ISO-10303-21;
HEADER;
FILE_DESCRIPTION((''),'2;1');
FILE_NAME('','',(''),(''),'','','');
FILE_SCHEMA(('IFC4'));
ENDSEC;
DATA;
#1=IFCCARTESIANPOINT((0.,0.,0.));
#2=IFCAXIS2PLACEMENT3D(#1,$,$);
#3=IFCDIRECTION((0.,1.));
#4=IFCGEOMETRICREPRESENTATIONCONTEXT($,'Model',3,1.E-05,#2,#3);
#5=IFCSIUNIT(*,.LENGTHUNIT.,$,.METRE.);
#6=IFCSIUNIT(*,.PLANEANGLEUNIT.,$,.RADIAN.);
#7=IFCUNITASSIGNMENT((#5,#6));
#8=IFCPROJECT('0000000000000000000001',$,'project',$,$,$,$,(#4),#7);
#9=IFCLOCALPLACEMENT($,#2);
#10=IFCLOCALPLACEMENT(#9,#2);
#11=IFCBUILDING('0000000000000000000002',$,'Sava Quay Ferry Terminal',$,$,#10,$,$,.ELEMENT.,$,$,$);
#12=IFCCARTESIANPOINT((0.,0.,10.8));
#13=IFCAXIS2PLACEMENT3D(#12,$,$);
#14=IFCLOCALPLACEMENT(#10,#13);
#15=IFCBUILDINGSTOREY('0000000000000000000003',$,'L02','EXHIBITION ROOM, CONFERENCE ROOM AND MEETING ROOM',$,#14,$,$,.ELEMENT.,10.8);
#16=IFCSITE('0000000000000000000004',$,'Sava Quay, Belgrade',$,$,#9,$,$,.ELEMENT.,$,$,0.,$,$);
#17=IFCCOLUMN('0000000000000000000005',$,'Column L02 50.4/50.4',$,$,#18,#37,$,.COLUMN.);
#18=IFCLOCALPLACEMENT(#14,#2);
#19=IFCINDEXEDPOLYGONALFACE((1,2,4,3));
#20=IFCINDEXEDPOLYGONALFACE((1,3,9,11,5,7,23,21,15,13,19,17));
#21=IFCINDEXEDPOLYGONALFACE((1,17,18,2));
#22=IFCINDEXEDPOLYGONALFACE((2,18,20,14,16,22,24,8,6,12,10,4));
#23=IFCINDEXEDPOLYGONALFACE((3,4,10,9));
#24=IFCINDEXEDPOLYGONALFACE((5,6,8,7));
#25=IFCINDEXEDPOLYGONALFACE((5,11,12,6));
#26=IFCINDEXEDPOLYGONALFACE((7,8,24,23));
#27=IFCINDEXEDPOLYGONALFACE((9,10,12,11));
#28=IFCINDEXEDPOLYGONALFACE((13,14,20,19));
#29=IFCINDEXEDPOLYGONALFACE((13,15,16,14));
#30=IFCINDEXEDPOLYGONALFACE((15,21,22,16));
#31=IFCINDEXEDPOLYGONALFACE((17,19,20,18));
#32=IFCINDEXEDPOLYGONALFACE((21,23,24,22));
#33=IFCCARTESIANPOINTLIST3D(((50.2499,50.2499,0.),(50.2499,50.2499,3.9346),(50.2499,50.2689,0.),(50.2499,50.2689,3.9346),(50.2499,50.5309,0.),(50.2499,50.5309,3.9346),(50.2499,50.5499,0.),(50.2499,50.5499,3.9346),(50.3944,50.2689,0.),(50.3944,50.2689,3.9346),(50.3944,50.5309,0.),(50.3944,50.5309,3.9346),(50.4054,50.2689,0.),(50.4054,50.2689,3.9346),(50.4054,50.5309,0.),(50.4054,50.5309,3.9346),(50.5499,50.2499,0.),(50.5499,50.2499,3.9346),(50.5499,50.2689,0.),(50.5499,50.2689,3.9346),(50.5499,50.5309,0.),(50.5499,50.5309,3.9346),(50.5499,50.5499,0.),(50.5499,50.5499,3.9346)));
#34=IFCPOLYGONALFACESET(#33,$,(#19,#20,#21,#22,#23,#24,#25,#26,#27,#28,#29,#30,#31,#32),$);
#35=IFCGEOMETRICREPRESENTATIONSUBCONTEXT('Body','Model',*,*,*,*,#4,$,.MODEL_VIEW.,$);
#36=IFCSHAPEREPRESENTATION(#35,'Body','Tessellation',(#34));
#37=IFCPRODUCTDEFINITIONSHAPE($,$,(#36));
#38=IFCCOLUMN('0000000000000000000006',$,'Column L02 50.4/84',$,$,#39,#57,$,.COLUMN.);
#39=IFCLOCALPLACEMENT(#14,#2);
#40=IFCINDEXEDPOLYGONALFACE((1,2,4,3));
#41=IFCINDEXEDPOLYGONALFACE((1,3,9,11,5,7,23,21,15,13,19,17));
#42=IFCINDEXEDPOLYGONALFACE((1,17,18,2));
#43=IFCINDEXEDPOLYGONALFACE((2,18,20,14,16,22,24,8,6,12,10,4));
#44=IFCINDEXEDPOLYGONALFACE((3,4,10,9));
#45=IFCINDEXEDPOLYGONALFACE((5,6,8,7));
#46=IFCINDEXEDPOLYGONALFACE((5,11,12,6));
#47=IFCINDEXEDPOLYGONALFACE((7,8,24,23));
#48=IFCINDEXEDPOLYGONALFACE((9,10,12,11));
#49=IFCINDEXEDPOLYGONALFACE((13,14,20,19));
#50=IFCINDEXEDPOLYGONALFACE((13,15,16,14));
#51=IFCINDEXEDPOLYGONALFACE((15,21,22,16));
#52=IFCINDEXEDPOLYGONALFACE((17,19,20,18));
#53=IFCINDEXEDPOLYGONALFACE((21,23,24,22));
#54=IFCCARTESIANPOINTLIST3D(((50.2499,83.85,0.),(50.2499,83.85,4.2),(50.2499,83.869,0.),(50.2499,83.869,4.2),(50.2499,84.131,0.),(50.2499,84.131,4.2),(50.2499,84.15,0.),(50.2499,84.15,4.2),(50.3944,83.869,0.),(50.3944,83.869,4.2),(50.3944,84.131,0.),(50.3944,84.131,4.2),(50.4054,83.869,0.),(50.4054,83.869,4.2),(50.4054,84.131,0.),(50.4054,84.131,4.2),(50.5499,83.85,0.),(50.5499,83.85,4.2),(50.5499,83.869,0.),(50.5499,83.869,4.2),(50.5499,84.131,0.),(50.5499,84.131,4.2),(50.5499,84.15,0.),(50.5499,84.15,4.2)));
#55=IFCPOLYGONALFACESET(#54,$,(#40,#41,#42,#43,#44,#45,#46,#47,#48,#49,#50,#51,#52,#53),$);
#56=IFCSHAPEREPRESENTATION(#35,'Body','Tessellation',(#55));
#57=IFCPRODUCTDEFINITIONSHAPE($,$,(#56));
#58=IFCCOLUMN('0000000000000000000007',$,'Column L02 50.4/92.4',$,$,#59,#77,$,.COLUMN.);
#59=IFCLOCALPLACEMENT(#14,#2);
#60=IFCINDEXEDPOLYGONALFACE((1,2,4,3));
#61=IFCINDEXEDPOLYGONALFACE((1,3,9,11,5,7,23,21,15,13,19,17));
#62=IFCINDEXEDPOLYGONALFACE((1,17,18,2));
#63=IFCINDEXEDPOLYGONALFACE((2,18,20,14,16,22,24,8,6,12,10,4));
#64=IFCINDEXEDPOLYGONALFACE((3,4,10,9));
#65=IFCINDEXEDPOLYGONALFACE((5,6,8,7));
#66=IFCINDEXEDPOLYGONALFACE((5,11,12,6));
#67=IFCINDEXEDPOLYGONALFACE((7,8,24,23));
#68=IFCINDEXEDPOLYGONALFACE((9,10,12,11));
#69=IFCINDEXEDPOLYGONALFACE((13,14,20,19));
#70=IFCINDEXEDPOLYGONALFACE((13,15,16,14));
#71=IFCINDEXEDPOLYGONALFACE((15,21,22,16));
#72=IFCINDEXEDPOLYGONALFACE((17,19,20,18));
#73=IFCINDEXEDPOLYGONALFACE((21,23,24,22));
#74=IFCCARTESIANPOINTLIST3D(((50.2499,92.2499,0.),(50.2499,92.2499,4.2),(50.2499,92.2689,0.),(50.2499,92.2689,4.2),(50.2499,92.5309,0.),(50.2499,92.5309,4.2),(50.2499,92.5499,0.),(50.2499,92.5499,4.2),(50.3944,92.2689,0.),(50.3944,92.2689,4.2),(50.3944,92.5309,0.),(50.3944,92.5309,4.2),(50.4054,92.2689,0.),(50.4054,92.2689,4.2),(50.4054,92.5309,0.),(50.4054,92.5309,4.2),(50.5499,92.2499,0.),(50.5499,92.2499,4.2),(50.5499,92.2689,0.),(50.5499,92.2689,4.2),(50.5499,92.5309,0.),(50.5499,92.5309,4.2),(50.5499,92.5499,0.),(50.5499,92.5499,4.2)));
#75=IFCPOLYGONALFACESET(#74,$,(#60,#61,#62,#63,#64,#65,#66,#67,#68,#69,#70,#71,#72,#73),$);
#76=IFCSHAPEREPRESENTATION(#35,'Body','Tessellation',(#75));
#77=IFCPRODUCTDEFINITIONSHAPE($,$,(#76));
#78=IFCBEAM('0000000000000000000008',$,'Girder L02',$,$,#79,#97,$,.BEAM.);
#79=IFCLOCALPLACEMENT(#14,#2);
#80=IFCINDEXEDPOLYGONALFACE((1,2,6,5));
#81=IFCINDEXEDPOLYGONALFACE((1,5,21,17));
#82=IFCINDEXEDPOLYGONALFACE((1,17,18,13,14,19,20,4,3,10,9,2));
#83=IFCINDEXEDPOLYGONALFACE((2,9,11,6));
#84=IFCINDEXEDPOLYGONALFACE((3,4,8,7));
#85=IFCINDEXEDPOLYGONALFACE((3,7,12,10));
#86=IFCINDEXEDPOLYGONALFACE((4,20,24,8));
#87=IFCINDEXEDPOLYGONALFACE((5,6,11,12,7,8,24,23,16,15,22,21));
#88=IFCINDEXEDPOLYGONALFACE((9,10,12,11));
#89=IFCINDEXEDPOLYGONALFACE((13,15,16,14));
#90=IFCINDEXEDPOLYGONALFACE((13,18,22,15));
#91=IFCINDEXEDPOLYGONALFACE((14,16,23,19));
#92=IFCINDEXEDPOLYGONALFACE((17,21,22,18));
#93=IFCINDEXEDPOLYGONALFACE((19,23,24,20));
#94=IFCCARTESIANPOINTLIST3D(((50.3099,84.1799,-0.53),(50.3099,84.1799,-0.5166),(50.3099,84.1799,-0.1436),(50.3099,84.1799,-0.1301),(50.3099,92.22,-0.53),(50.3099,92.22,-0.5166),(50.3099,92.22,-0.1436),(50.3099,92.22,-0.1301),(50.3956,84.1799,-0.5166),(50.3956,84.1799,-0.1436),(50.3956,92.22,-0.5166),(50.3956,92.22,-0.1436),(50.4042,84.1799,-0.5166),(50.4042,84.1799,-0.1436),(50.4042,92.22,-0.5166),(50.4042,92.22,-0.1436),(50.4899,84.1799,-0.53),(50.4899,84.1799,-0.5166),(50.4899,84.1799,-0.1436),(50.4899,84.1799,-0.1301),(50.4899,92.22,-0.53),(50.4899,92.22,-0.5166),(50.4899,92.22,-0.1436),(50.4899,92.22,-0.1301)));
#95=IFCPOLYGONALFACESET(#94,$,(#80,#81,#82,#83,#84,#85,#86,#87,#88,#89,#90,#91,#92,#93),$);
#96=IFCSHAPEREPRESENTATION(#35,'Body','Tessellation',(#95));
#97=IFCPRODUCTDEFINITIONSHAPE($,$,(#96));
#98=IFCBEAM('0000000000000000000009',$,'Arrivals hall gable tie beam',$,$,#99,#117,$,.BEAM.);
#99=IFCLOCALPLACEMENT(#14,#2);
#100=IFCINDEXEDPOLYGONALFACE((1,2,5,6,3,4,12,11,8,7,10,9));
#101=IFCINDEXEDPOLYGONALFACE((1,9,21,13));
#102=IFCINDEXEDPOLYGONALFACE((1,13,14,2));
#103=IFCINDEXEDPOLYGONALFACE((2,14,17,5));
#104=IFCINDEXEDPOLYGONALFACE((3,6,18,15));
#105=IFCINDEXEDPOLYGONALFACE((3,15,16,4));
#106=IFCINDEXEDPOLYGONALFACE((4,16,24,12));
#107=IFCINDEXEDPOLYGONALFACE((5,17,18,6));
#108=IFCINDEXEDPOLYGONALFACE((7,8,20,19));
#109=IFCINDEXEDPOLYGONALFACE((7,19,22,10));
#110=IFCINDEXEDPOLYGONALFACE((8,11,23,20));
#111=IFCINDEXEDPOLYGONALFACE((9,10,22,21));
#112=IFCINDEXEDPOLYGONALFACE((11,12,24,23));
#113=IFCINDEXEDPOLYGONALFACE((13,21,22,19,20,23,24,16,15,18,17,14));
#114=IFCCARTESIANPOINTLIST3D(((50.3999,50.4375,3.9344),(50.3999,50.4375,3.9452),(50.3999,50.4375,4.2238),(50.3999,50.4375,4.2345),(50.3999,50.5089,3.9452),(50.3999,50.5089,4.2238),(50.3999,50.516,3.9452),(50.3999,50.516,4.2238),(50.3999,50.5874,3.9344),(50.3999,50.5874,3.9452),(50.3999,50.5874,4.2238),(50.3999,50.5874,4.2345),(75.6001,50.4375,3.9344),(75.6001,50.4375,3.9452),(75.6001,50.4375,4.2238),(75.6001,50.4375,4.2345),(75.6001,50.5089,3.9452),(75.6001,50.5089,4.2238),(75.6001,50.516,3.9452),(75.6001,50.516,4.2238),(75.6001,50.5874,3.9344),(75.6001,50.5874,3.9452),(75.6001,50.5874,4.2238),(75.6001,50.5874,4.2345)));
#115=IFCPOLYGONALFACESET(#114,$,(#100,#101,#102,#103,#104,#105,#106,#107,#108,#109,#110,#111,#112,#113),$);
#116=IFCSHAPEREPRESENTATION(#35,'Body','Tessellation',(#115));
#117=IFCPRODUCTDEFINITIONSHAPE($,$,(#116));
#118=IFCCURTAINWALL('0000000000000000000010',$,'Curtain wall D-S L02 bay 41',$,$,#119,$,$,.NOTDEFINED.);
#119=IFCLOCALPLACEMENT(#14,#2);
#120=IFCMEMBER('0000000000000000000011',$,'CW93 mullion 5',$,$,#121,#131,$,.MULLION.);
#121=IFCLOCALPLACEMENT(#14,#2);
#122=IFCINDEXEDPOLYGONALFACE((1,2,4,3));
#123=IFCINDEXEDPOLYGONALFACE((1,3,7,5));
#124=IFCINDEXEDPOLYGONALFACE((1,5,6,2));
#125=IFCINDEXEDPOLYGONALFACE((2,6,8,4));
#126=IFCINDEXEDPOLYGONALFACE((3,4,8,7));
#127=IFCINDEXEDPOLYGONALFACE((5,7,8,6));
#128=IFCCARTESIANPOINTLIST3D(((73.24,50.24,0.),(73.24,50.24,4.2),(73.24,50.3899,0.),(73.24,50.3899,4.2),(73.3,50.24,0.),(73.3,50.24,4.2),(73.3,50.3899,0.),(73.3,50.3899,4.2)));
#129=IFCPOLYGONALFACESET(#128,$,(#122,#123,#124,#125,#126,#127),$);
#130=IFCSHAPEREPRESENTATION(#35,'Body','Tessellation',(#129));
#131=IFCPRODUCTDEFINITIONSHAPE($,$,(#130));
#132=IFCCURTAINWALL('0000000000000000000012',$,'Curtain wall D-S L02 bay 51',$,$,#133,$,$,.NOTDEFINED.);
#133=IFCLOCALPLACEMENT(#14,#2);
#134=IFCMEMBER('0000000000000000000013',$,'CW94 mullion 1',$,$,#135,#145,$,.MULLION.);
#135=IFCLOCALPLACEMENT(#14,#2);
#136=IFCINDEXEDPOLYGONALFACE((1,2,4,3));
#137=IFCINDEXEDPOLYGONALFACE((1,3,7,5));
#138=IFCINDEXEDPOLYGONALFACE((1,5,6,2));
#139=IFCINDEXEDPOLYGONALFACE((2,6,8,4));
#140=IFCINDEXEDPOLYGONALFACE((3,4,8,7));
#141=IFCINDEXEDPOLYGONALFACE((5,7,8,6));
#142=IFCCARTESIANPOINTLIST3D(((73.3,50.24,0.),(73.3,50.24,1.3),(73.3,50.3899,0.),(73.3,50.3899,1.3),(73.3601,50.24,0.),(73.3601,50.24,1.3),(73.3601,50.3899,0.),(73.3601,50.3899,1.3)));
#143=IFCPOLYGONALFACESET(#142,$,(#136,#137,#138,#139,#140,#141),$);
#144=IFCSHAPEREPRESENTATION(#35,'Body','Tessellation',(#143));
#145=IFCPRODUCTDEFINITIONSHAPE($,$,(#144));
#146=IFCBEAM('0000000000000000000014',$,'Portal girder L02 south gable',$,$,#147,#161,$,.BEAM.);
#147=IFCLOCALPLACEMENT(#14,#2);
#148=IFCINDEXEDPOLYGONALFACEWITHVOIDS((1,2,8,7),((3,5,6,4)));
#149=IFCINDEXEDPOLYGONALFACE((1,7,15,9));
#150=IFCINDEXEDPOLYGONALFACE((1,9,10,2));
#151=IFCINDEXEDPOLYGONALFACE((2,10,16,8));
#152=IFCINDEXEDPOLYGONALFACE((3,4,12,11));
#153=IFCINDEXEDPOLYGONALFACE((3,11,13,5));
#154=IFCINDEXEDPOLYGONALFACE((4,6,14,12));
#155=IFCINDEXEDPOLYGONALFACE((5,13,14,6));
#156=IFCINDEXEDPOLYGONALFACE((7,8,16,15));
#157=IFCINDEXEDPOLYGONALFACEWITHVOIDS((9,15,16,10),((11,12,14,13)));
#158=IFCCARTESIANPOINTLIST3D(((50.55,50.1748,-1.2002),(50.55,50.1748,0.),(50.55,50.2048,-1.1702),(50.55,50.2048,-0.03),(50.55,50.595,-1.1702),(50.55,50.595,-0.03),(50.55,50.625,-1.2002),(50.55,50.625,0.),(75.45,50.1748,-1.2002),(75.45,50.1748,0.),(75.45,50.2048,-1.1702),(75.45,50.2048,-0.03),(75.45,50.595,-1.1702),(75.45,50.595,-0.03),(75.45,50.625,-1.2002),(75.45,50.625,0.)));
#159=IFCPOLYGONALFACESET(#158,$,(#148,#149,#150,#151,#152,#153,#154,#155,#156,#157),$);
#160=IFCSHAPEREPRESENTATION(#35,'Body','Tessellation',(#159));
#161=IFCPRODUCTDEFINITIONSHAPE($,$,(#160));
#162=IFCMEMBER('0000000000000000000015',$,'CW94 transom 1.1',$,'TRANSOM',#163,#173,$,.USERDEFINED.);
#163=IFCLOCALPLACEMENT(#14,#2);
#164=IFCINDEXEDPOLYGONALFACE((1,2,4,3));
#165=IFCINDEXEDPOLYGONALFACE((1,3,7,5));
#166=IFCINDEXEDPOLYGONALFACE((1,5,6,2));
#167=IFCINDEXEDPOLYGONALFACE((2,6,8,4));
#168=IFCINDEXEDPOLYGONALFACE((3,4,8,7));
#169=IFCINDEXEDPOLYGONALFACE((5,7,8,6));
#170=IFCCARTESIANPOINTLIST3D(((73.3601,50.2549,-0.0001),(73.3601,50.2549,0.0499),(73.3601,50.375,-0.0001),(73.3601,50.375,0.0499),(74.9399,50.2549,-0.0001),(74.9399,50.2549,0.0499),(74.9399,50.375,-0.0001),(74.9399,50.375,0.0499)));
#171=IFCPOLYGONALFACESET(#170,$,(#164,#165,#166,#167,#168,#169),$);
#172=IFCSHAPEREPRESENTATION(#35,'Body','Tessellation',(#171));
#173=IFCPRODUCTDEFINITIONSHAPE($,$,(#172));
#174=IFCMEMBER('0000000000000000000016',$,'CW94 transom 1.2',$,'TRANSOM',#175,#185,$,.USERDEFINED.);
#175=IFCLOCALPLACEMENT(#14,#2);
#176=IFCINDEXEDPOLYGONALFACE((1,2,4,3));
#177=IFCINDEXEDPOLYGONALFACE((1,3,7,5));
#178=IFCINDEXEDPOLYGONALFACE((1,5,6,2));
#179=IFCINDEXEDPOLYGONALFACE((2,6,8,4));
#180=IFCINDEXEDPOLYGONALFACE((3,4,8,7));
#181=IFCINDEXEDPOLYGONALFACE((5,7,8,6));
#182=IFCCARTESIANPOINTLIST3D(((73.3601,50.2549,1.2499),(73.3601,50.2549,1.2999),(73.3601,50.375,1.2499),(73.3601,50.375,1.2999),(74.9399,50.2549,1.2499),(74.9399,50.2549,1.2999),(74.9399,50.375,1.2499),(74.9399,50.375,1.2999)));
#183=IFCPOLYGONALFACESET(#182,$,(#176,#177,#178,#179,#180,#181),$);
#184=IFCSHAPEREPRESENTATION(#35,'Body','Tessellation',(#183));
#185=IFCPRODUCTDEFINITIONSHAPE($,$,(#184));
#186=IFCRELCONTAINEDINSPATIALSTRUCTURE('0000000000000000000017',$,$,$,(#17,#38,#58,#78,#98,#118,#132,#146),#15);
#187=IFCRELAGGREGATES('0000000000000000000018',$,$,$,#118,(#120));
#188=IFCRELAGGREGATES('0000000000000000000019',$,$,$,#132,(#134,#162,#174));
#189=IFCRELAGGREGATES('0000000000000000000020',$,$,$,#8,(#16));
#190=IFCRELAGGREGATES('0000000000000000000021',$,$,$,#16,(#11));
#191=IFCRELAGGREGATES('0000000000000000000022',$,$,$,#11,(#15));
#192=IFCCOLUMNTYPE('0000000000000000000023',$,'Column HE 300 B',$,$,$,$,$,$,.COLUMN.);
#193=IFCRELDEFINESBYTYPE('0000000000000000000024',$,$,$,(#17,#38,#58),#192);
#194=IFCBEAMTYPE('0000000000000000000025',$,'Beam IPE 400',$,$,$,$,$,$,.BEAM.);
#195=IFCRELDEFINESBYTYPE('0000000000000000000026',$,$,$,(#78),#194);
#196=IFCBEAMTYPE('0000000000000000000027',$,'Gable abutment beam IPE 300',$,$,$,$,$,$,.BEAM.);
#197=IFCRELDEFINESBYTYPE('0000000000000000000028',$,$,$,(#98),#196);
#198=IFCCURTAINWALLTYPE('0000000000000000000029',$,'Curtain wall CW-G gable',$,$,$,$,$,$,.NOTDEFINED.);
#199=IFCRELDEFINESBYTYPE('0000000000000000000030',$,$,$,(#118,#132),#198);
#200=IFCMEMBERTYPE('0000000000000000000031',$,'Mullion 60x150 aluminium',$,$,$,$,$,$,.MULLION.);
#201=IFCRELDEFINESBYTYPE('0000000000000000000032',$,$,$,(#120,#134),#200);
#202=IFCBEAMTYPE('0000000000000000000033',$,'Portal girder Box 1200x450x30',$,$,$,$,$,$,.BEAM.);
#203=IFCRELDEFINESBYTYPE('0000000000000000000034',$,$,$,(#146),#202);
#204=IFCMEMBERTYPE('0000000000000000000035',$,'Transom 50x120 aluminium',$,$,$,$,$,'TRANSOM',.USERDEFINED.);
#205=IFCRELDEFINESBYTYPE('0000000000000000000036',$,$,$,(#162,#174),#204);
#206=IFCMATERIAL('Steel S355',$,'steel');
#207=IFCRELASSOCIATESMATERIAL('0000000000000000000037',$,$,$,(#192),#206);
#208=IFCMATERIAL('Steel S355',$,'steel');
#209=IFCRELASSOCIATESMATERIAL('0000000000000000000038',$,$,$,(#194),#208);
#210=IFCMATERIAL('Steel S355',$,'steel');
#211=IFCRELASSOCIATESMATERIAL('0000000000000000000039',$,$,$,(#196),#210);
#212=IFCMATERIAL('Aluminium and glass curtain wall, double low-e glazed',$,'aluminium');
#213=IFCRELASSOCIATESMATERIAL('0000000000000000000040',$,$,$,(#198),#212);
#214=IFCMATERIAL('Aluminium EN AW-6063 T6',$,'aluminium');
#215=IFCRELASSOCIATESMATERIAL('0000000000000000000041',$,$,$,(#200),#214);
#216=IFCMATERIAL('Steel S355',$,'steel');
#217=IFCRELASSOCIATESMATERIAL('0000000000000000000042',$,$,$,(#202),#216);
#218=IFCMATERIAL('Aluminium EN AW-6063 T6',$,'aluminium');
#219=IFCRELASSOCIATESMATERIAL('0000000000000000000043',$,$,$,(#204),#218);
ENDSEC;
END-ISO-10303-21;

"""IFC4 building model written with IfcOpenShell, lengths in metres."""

from ifc_helpers import new_model, si_unit, direction, frame, origin, origin_2d, place, context, subcontext, project, spatial, polyline, rectangle, i_section, outline, extrude, material, material_profile, profile_set, type_object, element, aggregate, save


model = new_model("IFC4")

# Units and contexts
model_context = context("Model", 3, precision=1e-05, world=origin(), true_north=direction((0.0, 1.0)))
body_context = subcontext(model_context, "Body", "Model", "MODEL_VIEW")
ifc_project = project(units=[si_unit("LENGTHUNIT", "METRE"), si_unit("PLANEANGLEUNIT", "RADIAN")], contexts=[model_context])

# Site, building, storey
site_placement = place(None, origin())
site = spatial("IfcSite", under=ifc_project, at=site_placement, Name="Sava Quay, Belgrade", CompositionType="ELEMENT", RefElevation=0.0)
building_placement = place(site_placement, origin())
building = spatial("IfcBuilding", under=site, at=building_placement, Name="Sava Quay Ferry Terminal", CompositionType="ELEMENT")
storey_placement = place(building_placement, frame((0.0, 0.0, 10.8)))
storey = spatial("IfcBuildingStorey", under=building, at=storey_placement, Name="L02", Description="EXHIBITION ROOM, CONFERENCE ROOM AND MEETING ROOM", CompositionType="ELEMENT", Elevation=10.8)

# Columns
ifc_material_1 = material(Name="Steel S355", Category="steel")
ifc_material_profile_1 = material_profile(ifc_material_1, i_section(OverallWidth=0.3, OverallDepth=0.3, WebThickness=0.011, FlangeThickness=0.019, at=origin_2d()), Name="HE 300 B")
ifc_profile_set_1 = profile_set([ifc_material_profile_1], Name="Steel S355")
column_type = type_object("IfcColumnType", Name="Column HE 300 B", PredefinedType="COLUMN", material=ifc_profile_set_1)
column_placement = place(storey_placement, frame((50.3999, 50.3999, 0.0), z_axis=(0.0, 0.0, 1.0), x_axis=(1.0, 0.0, 0.0)))
element("IfcColumn", 1, at=column_placement, inside=storey, type_object=column_type, Name="Column L02 50.4/50.4", PredefinedType="COLUMN", context=body_context, shape_type="SweptSolid", body=[
    extrude(i_section(OverallWidth=0.3, OverallDepth=0.3, WebThickness=0.011, FlangeThickness=0.019, at=origin_2d()), origin(), (0.0, 0.0, 1.0), 3.9346),
])
for number, where, z_axis, x_axis, name in (
    (2, (50.3999, 84.0, 0.0), (0.0, 0.0, 1.0), (1.0, 0.0, 0.0), "Column L02 50.4/84"),
    (3, (50.3999, 92.3999, 0.0), (0.0, 0.0, 1.0), (1.0, 0.0, 0.0), "Column L02 50.4/92.4"),
):
    element("IfcColumn", number, at=place(storey_placement, frame(where, z_axis=z_axis, x_axis=x_axis)), inside=storey, type_object=column_type, Name=name, PredefinedType="COLUMN", context=body_context, shape_type="SweptSolid", body=[
        extrude(i_section(OverallWidth=0.3, OverallDepth=0.3, WebThickness=0.011, FlangeThickness=0.019, at=origin_2d()), origin(), (0.0, 0.0, 1.0), 4.2),
    ])

# Beams
ifc_material_2 = material(Name="Steel S355", Category="steel")
ifc_material_profile_2 = material_profile(ifc_material_2, i_section(OverallWidth=0.1799, OverallDepth=0.3999, WebThickness=0.0085, FlangeThickness=0.0134, at=origin_2d()), Name="IPE 400")
ifc_profile_set_2 = profile_set([ifc_material_profile_2], Name="Steel S355")
beam_type_1 = type_object("IfcBeamType", Name="Beam IPE 400", PredefinedType="BEAM", material=ifc_profile_set_2)
beam_1_placement = place(storey_placement, frame((50.3999, 84.1799, -0.3301), z_axis=(0.0, 1.0, 0.0), x_axis=(-1.0, 0.0, 0.0)))
element("IfcBeam", 4, at=beam_1_placement, inside=storey, type_object=beam_type_1, Name="Girder L02", PredefinedType="BEAM", context=body_context, shape_type="SweptSolid", body=[
    extrude(i_section(OverallWidth=0.1799, OverallDepth=0.3999, WebThickness=0.0085, FlangeThickness=0.0134, at=origin_2d()), origin(), (0.0, 0.0, 1.0), 8.04),
])
ifc_material_3 = material(Name="Steel S355", Category="steel")
ifc_material_profile_3 = material_profile(ifc_material_3, i_section(OverallWidth=0.1499, OverallDepth=0.3, WebThickness=0.0071, FlangeThickness=0.0107, at=origin_2d()), Name="IPE 300")
ifc_profile_set_3 = profile_set([ifc_material_profile_3], Name="Steel S355")
beam_type_2 = type_object("IfcBeamType", Name="Gable abutment beam IPE 300", PredefinedType="BEAM", material=ifc_profile_set_3)
beam_2_placement = place(storey_placement, frame((50.3999, 50.5125, 4.0845), z_axis=(1.0, 0.0, 0.0), x_axis=(0.0, 1.0, 0.0)))
element("IfcBeam", 5, at=beam_2_placement, inside=storey, type_object=beam_type_2, Name="Arrivals hall gable tie beam", PredefinedType="BEAM", context=body_context, shape_type="SweptSolid", body=[
    extrude(i_section(OverallWidth=0.1499, OverallDepth=0.3, WebThickness=0.0071, FlangeThickness=0.0107, at=origin_2d()), origin(), (0.0, 0.0, 1.0), 25.2002),
])

# Curtain walls, members
ifc_material_4 = material(Name="Aluminium and glass curtain wall, double low-e glazed", Category="aluminium")
curtain_wall_type = type_object("IfcCurtainWallType", Name="Curtain wall CW-G gable", PredefinedType="NOTDEFINED", material=ifc_material_4)
curtain_wall_1_placement = place(storey_placement, origin())
curtain_wall_1 = element("IfcCurtainWall", 6, at=curtain_wall_1_placement, inside=storey, type_object=curtain_wall_type, Name="Curtain wall D-S L02 bay 41", PredefinedType="NOTDEFINED")
ifc_material_5 = material(Name="Aluminium EN AW-6063 T6", Category="aluminium")
ifc_material_profile_4 = material_profile(ifc_material_5, rectangle(XDim=0.1499, YDim=0.0601, at=origin_2d()), Name="Mullion 60x150 aluminium")
ifc_profile_set_4 = profile_set([ifc_material_profile_4], Name="Aluminium EN AW-6063 T6")
member_type_1 = type_object("IfcMemberType", Name="Mullion 60x150 aluminium", PredefinedType="MULLION", material=ifc_profile_set_4)
member_1_placement = place(storey_placement, frame((73.27, 50.3149, 0.0), z_axis=(0.0, 0.0, 1.0), x_axis=(0.0, 1.0, 0.0)))
member_1 = element("IfcMember", 7, at=member_1_placement, type_object=member_type_1, Name="CW93 mullion 5", PredefinedType="MULLION", context=body_context, shape_type="SweptSolid", body=[
    extrude(rectangle(XDim=0.1499, YDim=0.0601, at=origin_2d()), origin(), (0.0, 0.0, 1.0), 4.2),
])
aggregate(curtain_wall_1, [member_1])
curtain_wall_2_placement = place(storey_placement, origin())
curtain_wall_2 = element("IfcCurtainWall", 8, at=curtain_wall_2_placement, inside=storey, type_object=curtain_wall_type, Name="Curtain wall D-S L02 bay 51", PredefinedType="NOTDEFINED")
member_2_placement = place(storey_placement, frame((73.3301, 50.3149, 0.0), z_axis=(0.0, 0.0, 1.0), x_axis=(0.0, 1.0, 0.0)))
member_2 = element("IfcMember", 9, at=member_2_placement, type_object=member_type_1, Name="CW94 mullion 1", PredefinedType="MULLION", context=body_context, shape_type="SweptSolid", body=[
    extrude(rectangle(XDim=0.1499, YDim=0.0601, at=origin_2d()), origin(), (0.0, 0.0, 1.0), 1.3),
])

# Beam
ifc_material_6 = material(Name="Steel S355", Category="steel")
ifc_material_profile_5 = material_profile(ifc_material_6, outline(polyline([(-0.2251, -0.6001), (0.2251, -0.6001), (0.2251, 0.6001), (-0.2251, 0.6001), (-0.2251, -0.6001)]), holes=[polyline([(-0.1951, -0.5701), (-0.1951, 0.5701), (0.1951, 0.5701), (0.1951, -0.5701), (-0.1951, -0.5701)])]), Name="Box 1200x450x30 built-up")
ifc_profile_set_5 = profile_set([ifc_material_profile_5], Name="Steel S355")
beam_type_3 = type_object("IfcBeamType", Name="Portal girder Box 1200x450x30", PredefinedType="BEAM", material=ifc_profile_set_5)
beam_3_placement = place(storey_placement, frame((50.55, 50.3999, -0.6001), z_axis=(1.0, 0.0, 0.0), x_axis=(0.0, 1.0, 0.0)))
element("IfcBeam", 10, at=beam_3_placement, inside=storey, type_object=beam_type_3, Name="Portal girder L02 south gable", PredefinedType="BEAM", context=body_context, shape_type="SweptSolid", body=[
    extrude(outline(polyline([(-0.2251, -0.6001), (0.2251, -0.6001), (0.2251, 0.6001), (-0.2251, 0.6001), (-0.2251, -0.6001)]), holes=[polyline([(-0.1951, -0.5701), (-0.1951, 0.5701), (0.1951, 0.5701), (0.1951, -0.5701), (-0.1951, -0.5701)])]), origin(), (0.0, 0.0, 1.0), 24.8999),
])

# Members
ifc_material_7 = material(Name="Aluminium EN AW-6063 T6", Category="aluminium")
ifc_material_profile_6 = material_profile(ifc_material_7, rectangle(XDim=0.1201, YDim=0.05, at=origin_2d()), Name="Transom 50x120 aluminium")
ifc_profile_set_6 = profile_set([ifc_material_profile_6], Name="Aluminium EN AW-6063 T6")
member_type_2 = type_object("IfcMemberType", Name="Transom 50x120 aluminium", ElementType="TRANSOM", PredefinedType="USERDEFINED", material=ifc_profile_set_6)
member_3_placement = place(storey_placement, frame((73.3601, 50.3149, 0.0249), z_axis=(1.0, 0.0, 0.0), x_axis=(0.0, 1.0, 0.0)))
member_3 = element("IfcMember", 11, at=member_3_placement, type_object=member_type_2, Name="CW94 transom 1.1", ObjectType="TRANSOM", PredefinedType="USERDEFINED", context=body_context, shape_type="SweptSolid", body=[
    extrude(rectangle(XDim=0.1201, YDim=0.05, at=origin_2d()), origin(), (0.0, 0.0, 1.0), 1.5798),
])
member_4_placement = place(storey_placement, frame((73.3601, 50.3149, 1.2749), z_axis=(1.0, 0.0, 0.0), x_axis=(0.0, 1.0, 0.0)))
member_4 = element("IfcMember", 12, at=member_4_placement, type_object=member_type_2, Name="CW94 transom 1.2", ObjectType="TRANSOM", PredefinedType="USERDEFINED", context=body_context, shape_type="SweptSolid", body=[
    extrude(rectangle(XDim=0.1201, YDim=0.05, at=origin_2d()), origin(), (0.0, 0.0, 1.0), 1.5798),
])
aggregate(curtain_wall_2, [member_2, member_3, member_4])

save(model, "model.ifc")
